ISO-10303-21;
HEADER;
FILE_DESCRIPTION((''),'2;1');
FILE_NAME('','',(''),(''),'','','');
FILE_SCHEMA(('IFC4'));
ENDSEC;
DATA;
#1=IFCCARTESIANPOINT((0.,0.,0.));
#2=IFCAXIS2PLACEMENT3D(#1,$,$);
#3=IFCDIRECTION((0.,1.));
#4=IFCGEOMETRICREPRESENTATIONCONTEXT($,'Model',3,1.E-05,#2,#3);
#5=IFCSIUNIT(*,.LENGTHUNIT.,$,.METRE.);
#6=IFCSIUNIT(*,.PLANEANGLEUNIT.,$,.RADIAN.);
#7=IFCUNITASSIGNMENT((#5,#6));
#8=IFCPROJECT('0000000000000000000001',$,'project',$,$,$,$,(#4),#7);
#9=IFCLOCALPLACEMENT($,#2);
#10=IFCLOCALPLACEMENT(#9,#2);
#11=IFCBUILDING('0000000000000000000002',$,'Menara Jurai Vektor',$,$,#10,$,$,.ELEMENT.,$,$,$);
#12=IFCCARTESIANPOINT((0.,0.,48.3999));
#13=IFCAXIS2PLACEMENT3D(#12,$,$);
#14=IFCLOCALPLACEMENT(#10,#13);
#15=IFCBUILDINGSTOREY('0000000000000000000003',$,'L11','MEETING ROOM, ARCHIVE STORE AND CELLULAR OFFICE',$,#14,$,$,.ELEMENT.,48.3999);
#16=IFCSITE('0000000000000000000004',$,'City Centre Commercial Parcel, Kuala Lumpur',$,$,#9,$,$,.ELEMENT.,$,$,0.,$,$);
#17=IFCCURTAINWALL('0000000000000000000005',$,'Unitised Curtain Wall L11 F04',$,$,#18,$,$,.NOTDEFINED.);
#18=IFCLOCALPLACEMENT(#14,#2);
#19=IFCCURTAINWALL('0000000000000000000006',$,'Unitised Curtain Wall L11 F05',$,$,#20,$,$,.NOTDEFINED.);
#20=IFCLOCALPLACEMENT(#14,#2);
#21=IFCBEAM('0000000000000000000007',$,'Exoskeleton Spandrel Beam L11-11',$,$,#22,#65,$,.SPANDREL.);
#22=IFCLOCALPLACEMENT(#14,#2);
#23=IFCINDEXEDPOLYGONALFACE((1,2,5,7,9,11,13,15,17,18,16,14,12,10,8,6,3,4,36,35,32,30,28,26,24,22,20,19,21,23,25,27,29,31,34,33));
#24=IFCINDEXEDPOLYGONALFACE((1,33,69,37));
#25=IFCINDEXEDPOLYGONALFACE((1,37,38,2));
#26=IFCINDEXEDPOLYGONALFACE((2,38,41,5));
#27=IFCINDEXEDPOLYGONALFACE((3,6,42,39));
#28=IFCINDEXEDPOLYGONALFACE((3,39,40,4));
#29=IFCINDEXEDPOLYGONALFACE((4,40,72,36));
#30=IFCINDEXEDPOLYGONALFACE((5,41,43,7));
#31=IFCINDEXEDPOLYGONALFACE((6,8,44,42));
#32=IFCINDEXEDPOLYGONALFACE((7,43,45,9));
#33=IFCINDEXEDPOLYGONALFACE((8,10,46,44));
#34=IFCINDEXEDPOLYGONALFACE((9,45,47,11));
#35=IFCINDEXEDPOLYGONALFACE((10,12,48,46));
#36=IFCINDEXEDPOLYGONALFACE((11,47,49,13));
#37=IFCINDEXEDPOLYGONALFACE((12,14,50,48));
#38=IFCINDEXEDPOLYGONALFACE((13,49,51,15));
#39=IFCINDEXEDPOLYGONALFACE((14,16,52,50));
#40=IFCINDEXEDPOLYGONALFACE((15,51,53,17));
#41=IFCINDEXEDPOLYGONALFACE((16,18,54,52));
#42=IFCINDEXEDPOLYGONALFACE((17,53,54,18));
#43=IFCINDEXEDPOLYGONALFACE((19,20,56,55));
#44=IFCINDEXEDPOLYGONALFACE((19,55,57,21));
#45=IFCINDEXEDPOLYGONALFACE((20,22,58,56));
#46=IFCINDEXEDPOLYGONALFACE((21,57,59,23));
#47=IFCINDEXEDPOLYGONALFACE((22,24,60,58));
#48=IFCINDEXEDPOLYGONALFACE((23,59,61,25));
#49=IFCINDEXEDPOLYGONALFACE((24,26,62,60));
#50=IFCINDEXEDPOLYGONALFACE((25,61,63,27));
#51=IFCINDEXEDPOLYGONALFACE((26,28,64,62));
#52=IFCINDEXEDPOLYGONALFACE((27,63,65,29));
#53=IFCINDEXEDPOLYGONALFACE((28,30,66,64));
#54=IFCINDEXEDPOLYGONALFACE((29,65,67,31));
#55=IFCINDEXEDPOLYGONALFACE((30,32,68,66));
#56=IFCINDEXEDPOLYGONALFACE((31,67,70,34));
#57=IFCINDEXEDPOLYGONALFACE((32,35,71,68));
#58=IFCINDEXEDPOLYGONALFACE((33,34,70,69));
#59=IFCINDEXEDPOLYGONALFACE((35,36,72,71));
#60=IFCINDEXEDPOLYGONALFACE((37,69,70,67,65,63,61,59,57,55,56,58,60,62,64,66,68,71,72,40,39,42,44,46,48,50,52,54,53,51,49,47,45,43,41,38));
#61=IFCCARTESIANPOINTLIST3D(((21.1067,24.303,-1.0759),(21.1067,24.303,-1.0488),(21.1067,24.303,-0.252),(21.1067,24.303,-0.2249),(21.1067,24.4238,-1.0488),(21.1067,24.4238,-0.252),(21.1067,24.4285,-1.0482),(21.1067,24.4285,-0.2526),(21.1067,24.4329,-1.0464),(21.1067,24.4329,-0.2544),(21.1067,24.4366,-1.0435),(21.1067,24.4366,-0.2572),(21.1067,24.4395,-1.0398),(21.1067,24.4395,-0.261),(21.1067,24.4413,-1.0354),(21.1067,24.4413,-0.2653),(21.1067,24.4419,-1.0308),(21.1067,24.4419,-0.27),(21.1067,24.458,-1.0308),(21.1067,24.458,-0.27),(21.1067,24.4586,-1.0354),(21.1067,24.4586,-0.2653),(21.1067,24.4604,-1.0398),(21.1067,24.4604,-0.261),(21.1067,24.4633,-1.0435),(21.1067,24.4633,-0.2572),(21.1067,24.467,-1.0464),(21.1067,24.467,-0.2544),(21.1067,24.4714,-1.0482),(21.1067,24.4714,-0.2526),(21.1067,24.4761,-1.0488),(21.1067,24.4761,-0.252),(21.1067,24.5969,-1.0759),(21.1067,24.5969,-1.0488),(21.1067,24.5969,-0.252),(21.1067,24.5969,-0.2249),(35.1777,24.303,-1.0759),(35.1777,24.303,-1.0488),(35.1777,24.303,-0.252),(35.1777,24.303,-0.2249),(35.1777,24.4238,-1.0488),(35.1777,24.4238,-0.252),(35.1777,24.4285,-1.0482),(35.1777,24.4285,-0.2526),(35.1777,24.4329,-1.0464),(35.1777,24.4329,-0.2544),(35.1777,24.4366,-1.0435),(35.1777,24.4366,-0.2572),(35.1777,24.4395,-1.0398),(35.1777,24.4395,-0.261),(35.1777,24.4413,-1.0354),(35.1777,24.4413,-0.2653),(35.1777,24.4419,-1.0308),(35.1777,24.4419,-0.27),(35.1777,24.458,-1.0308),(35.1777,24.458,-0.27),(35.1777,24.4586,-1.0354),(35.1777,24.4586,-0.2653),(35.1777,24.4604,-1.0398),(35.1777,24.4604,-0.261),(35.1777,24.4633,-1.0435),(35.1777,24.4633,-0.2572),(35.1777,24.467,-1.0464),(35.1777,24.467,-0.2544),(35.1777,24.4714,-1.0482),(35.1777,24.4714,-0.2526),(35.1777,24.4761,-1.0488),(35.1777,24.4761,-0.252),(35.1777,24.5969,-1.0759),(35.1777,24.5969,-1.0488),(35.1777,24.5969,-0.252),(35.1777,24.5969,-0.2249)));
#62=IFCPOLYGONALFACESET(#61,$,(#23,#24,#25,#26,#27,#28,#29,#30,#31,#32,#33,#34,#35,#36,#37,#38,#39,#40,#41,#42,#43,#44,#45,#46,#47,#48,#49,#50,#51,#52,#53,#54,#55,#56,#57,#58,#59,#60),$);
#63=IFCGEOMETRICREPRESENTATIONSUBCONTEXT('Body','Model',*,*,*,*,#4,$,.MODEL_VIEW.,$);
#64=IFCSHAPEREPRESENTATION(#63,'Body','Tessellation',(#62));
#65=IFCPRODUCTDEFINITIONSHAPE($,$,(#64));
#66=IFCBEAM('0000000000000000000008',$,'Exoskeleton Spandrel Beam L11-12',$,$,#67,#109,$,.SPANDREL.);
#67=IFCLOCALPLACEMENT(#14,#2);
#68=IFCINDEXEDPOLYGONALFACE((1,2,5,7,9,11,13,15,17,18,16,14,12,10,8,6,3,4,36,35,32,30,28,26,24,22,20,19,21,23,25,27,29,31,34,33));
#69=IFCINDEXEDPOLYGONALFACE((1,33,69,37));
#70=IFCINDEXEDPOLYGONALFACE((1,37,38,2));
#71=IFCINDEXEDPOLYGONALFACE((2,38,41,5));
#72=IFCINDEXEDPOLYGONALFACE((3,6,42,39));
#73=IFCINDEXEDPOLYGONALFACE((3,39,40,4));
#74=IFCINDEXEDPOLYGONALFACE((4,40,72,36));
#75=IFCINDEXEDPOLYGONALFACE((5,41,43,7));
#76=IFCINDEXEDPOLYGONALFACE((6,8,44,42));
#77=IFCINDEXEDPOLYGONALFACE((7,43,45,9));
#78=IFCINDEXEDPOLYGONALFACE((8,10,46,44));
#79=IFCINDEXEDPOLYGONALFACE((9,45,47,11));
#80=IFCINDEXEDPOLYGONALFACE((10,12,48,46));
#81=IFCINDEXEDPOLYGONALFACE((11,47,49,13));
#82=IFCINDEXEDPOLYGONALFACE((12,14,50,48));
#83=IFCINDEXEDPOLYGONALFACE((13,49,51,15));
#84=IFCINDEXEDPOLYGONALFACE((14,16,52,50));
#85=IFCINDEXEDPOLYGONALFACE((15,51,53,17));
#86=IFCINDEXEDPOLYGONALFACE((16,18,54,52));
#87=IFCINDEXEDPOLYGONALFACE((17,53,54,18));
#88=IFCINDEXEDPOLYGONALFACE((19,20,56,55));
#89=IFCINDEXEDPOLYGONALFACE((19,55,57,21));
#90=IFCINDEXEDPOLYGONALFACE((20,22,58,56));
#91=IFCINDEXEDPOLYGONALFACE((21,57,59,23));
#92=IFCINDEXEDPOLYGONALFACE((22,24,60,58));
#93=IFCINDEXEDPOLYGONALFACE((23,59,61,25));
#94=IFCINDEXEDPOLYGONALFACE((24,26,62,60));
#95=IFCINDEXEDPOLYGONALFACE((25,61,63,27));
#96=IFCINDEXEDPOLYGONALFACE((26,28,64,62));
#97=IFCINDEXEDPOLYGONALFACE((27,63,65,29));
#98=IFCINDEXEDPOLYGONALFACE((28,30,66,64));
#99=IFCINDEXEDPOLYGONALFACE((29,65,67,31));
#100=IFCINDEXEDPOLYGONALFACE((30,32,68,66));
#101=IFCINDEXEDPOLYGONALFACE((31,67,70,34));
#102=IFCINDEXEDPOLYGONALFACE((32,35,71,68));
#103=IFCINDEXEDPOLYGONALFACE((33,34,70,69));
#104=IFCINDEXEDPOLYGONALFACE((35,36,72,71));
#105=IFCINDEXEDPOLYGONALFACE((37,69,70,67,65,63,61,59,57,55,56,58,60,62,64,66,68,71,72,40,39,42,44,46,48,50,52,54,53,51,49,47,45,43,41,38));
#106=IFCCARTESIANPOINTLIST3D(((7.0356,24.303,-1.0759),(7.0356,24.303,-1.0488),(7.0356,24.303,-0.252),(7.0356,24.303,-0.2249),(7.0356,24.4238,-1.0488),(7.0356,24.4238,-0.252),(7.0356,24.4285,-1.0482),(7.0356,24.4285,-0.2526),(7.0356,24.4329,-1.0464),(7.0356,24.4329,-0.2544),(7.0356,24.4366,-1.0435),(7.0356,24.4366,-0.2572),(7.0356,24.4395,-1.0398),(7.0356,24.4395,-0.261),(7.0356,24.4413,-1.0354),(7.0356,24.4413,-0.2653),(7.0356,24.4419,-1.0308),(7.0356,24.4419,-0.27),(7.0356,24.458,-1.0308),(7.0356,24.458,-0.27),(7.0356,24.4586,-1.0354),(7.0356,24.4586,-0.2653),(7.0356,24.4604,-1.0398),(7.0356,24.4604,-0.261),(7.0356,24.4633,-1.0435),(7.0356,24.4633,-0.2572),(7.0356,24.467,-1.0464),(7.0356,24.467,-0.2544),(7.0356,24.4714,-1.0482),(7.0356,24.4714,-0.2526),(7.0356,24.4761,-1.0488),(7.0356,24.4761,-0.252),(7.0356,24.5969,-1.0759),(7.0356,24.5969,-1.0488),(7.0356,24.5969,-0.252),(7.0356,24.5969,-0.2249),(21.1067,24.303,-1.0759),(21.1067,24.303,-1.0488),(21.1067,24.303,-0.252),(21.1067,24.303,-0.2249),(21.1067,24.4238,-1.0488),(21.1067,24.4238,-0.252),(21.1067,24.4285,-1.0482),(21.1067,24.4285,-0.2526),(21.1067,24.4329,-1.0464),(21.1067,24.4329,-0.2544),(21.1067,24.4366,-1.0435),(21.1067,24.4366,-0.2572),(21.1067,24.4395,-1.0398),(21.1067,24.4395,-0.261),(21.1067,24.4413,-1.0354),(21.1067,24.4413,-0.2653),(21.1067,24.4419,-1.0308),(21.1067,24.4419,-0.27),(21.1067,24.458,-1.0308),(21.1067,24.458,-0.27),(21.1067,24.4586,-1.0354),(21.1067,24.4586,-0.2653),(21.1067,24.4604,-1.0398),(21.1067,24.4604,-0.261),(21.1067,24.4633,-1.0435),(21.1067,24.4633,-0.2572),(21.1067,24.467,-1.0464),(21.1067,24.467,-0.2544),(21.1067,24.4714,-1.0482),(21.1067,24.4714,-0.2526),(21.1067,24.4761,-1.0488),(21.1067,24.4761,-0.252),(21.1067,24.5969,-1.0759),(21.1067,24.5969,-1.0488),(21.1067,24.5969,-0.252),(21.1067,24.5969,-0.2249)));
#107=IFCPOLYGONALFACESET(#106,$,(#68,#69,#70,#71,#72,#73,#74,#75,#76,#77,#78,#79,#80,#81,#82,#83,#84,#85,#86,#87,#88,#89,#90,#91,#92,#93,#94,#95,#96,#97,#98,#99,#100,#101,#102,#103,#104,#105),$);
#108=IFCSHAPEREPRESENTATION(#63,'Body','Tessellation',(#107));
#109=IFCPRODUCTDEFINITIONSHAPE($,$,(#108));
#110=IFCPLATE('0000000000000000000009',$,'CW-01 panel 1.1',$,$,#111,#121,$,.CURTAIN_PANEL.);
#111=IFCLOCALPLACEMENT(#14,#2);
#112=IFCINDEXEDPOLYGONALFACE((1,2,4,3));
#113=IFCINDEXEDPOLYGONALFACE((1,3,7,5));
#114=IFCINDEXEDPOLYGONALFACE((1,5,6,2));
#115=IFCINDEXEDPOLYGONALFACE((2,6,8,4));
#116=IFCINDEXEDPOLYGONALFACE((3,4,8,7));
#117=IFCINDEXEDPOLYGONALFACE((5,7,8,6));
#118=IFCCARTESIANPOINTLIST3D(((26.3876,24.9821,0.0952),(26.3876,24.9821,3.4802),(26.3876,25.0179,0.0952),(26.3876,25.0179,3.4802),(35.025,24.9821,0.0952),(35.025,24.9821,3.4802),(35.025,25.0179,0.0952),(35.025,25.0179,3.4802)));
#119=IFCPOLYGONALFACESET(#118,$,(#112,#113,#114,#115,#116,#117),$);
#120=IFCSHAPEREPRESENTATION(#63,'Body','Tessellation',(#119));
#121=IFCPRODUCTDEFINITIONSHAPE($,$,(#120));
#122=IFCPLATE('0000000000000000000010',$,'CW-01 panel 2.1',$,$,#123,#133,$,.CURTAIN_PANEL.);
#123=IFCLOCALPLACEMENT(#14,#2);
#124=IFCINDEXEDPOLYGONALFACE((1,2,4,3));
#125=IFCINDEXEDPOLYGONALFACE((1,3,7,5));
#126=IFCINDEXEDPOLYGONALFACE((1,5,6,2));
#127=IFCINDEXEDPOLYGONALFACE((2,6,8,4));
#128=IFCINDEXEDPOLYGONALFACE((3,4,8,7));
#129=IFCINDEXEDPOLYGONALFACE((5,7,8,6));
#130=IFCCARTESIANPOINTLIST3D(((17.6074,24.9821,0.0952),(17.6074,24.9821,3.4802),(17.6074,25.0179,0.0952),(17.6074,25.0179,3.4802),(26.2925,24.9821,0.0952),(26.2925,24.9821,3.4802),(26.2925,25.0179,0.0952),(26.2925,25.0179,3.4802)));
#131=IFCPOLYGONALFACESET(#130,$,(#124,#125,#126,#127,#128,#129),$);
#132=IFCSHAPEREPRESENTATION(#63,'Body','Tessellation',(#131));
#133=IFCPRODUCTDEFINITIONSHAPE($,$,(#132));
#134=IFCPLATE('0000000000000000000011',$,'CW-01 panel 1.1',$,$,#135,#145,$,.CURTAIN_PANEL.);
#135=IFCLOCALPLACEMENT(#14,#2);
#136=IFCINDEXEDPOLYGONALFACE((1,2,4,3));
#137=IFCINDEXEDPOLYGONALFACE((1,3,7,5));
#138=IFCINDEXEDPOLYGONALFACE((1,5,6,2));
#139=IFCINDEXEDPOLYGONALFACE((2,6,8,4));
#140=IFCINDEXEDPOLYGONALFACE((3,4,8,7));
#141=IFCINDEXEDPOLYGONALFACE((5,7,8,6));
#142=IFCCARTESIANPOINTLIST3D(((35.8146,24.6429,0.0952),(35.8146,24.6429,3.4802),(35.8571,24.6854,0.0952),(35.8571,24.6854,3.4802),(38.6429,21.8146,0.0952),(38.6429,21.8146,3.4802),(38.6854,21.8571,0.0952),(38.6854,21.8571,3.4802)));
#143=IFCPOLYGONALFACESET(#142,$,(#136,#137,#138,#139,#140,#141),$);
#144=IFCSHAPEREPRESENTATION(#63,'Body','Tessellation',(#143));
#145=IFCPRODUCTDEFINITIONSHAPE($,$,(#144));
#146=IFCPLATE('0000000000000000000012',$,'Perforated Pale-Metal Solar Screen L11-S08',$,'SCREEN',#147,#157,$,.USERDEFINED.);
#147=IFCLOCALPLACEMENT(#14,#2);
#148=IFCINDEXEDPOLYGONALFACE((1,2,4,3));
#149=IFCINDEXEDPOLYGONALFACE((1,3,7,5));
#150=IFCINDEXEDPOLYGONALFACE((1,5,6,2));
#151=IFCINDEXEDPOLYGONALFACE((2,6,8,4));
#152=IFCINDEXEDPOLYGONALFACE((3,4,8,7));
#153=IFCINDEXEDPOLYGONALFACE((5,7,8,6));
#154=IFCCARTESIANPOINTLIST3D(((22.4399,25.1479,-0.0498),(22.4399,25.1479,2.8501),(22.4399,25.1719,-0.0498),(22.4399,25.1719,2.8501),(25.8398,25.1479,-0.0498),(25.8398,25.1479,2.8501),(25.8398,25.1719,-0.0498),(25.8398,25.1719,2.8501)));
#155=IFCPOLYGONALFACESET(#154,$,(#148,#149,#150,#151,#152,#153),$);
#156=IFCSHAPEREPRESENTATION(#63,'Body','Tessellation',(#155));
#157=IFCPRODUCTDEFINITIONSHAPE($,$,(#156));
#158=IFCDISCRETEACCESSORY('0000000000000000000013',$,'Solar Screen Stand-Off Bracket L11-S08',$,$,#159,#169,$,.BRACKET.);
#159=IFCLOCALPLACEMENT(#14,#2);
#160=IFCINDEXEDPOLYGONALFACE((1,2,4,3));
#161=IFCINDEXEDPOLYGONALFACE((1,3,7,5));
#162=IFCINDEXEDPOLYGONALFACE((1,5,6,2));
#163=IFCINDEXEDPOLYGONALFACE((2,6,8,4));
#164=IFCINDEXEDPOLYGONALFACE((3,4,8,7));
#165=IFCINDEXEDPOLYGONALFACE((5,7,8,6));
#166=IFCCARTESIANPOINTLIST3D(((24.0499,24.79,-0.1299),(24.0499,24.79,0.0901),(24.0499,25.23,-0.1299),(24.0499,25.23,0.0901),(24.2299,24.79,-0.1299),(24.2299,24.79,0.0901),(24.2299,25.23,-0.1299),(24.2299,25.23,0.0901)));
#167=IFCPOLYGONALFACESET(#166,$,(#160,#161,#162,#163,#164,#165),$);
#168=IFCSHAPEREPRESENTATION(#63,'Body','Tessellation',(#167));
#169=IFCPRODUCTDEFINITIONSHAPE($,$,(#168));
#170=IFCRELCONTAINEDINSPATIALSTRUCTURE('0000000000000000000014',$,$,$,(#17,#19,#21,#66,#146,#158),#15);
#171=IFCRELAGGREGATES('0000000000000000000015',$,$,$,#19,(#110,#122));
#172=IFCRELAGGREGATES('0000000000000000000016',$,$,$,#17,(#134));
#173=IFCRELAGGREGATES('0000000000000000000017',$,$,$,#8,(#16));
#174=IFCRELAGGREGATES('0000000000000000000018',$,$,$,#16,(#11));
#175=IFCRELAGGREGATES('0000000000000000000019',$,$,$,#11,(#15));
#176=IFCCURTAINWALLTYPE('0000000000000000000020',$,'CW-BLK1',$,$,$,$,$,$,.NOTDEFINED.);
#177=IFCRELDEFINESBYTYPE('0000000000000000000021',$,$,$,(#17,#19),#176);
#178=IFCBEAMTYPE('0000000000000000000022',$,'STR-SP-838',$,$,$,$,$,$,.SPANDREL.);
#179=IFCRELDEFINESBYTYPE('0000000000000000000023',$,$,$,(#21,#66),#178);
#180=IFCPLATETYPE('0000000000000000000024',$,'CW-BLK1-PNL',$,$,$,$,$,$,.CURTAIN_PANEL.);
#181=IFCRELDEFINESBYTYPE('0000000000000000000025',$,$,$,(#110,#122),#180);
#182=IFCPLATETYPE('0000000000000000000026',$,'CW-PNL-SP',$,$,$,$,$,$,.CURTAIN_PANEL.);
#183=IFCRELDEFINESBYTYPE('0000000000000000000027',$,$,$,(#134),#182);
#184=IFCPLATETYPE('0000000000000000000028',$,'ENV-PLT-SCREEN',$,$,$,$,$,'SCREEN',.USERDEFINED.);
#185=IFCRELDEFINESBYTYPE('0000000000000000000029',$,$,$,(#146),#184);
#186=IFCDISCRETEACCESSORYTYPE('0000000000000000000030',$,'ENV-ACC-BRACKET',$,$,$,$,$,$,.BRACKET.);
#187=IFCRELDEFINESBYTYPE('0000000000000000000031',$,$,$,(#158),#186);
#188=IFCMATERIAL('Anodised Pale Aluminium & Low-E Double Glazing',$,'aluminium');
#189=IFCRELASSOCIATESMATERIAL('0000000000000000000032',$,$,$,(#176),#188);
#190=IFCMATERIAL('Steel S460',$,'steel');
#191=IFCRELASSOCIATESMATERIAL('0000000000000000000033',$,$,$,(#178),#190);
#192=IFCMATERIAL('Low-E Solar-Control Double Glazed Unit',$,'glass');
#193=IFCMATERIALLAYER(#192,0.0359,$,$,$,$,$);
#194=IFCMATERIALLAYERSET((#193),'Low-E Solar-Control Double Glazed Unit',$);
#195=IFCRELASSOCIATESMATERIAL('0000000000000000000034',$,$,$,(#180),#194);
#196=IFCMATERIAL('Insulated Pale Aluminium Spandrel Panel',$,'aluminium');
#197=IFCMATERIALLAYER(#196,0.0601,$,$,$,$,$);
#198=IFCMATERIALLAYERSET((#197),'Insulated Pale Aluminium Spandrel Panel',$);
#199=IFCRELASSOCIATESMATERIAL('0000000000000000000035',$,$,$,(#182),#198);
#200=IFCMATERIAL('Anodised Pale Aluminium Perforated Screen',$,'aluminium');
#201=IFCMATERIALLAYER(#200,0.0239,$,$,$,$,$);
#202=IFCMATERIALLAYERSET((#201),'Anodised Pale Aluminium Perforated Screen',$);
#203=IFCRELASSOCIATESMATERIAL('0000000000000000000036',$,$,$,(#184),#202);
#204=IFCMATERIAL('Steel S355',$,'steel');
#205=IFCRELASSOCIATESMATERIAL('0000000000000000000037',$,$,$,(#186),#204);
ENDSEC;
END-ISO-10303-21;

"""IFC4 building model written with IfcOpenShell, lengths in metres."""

from ifc_helpers import new_model, si_unit, direction, frame, origin, origin_2d, place, context, subcontext, project, spatial, rectangle, i_section, extrude, material, layer, layer_set, material_profile, profile_set, type_object, element, aggregate, save


model = new_model("IFC4")

# Units and contexts
model_context = context("Model", 3, precision=1e-05, world=origin(), true_north=direction((0.0, 1.0)))
body_context = subcontext(model_context, "Body", "Model", "MODEL_VIEW")
ifc_project = project(units=[si_unit("LENGTHUNIT", "METRE"), si_unit("PLANEANGLEUNIT", "RADIAN")], contexts=[model_context])

# Site, building, storey
site_placement = place(None, origin())
site = spatial("IfcSite", under=ifc_project, at=site_placement, Name="City Centre Commercial Parcel, Kuala Lumpur", CompositionType="ELEMENT", RefElevation=0.0)
building_placement = place(site_placement, origin())
building = spatial("IfcBuilding", under=site, at=building_placement, Name="Menara Jurai Vektor", CompositionType="ELEMENT")
storey_placement = place(building_placement, frame((0.0, 0.0, 48.3999)))
storey = spatial("IfcBuildingStorey", under=building, at=storey_placement, Name="L11", Description="MEETING ROOM, ARCHIVE STORE AND CELLULAR OFFICE", CompositionType="ELEMENT", Elevation=48.3999)

# Shared definitions
ifc_material_1 = material(Name="Steel S460", Category="steel")

# Curtain walls
ifc_material_2 = material(Name="Anodised Pale Aluminium & Low-E Double Glazing", Category="aluminium")
curtain_wall_type = type_object("IfcCurtainWallType", Name="CW-BLK1", PredefinedType="NOTDEFINED", material=ifc_material_2)
curtain_wall_1_placement = place(storey_placement, origin())
curtain_wall_1 = element("IfcCurtainWall", 1, at=curtain_wall_1_placement, inside=storey, type_object=curtain_wall_type, Name="Unitised Curtain Wall L11 F04", PredefinedType="NOTDEFINED")
curtain_wall_2_placement = place(storey_placement, origin())
curtain_wall_2 = element("IfcCurtainWall", 2, at=curtain_wall_2_placement, inside=storey, type_object=curtain_wall_type, Name="Unitised Curtain Wall L11 F05", PredefinedType="NOTDEFINED")

# Shared definitions
ifc_material_3 = material(Name="Steel S355", Category="steel")

# Beams
ifc_material_profile_1 = material_profile(ifc_material_1, i_section(OverallWidth=0.2939, OverallDepth=0.8511, WebThickness=0.0161, FlangeThickness=0.0271, FilletRadius=0.0181, at=origin_2d()), Name="UKB 838x292x226")
ifc_profile_set_1 = profile_set([ifc_material_profile_1], Name="Steel S460")
beam_type_1 = type_object("IfcBeamType", Name="STR-SP-838", PredefinedType="SPANDREL", material=ifc_profile_set_1)
for number, where, z_axis, x_axis, name in (
    (3, (35.1777, 24.45, -0.6504), (-1.0, 0.0, 0.0), (0.0, -1.0, 0.0), "Exoskeleton Spandrel Beam L11-11"),
    (4, (21.1067, 24.45, -0.6504), (-1.0, 0.0, 0.0), (0.0, -1.0, 0.0), "Exoskeleton Spandrel Beam L11-12"),
):
    element("IfcBeam", number, at=place(storey_placement, frame(where, z_axis=z_axis, x_axis=x_axis)), inside=storey, type_object=beam_type_1, Name=name, PredefinedType="SPANDREL", context=body_context, shape_type="SweptSolid", body=[
        extrude(i_section(OverallWidth=0.2939, OverallDepth=0.8511, WebThickness=0.0161, FlangeThickness=0.0271, FilletRadius=0.0181, at=origin_2d()), origin(), (0.0, 0.0, 1.0), 14.071),
    ])

# Plates
ifc_material_4 = material(Name="Low-E Solar-Control Double Glazed Unit", Category="glass")
ifc_layer_1 = layer(ifc_material_4, 0.0359)
ifc_layer_set_1 = layer_set([ifc_layer_1], Name="Low-E Solar-Control Double Glazed Unit")
plate_type_1 = type_object("IfcPlateType", Name="CW-BLK1-PNL", PredefinedType="CURTAIN_PANEL", material=ifc_layer_set_1)
plate_1_placement = place(storey_placement, frame((30.7063, 25.0, 0.0952), z_axis=(0.0, 0.0, 1.0), x_axis=(-1.0, 0.0, 0.0)))
plate_1 = element("IfcPlate", 5, at=plate_1_placement, type_object=plate_type_1, Name="CW-01 panel 1.1", PredefinedType="CURTAIN_PANEL", context=body_context, shape_type="SweptSolid", body=[
    extrude(rectangle(XDim=8.6375, YDim=0.0359, at=origin_2d()), origin(), (0.0, 0.0, 1.0), 3.385),
])
plate_2_placement = place(storey_placement, frame((21.95, 25.0, 0.0952), z_axis=(0.0, 0.0, 1.0), x_axis=(-1.0, 0.0, 0.0)))
plate_2 = element("IfcPlate", 6, at=plate_2_placement, type_object=plate_type_1, Name="CW-01 panel 2.1", PredefinedType="CURTAIN_PANEL", context=body_context, shape_type="SweptSolid", body=[
    extrude(rectangle(XDim=8.6851, YDim=0.0359, at=origin_2d()), origin(), (0.0, 0.0, 1.0), 3.385),
])
aggregate(curtain_wall_2, [plate_1, plate_2])
ifc_material_5 = material(Name="Insulated Pale Aluminium Spandrel Panel", Category="aluminium")
ifc_layer_2 = layer(ifc_material_5, 0.0601)
ifc_layer_set_2 = layer_set([ifc_layer_2], Name="Insulated Pale Aluminium Spandrel Panel")
plate_type_2 = type_object("IfcPlateType", Name="CW-PNL-SP", PredefinedType="CURTAIN_PANEL", material=ifc_layer_set_2)
plate_3_placement = place(storey_placement, frame((37.25, 23.25, 0.0952), z_axis=(0.0, 0.0, 1.0), x_axis=(-0.707107, 0.707107, 0.0)))
plate_3 = element("IfcPlate", 7, at=plate_3_placement, type_object=plate_type_2, Name="CW-01 panel 1.1", PredefinedType="CURTAIN_PANEL", context=body_context, shape_type="SweptSolid", body=[
    extrude(rectangle(XDim=3.9998, YDim=0.0601, at=origin_2d()), origin(), (0.0, 0.0, 1.0), 3.385),
])
aggregate(curtain_wall_1, [plate_3])
ifc_material_6 = material(Name="Anodised Pale Aluminium Perforated Screen", Category="aluminium")
ifc_layer_3 = layer(ifc_material_6, 0.0239)
ifc_layer_set_3 = layer_set([ifc_layer_3], Name="Anodised Pale Aluminium Perforated Screen")
plate_type_3 = type_object("IfcPlateType", Name="ENV-PLT-SCREEN", ElementType="SCREEN", PredefinedType="USERDEFINED", material=ifc_layer_set_3)
plate_4_placement = place(storey_placement, frame((24.1399, 25.1599, -0.0498), z_axis=(0.0, 0.0, 1.0), x_axis=(-1.0, 0.0, 0.0)))
element("IfcPlate", 8, at=plate_4_placement, inside=storey, type_object=plate_type_3, Name="Perforated Pale-Metal Solar Screen L11-S08", ObjectType="SCREEN", PredefinedType="USERDEFINED", context=body_context, shape_type="SweptSolid", body=[
    extrude(rectangle(XDim=3.3999, YDim=0.0239, at=origin_2d()), origin(), (0.0, 0.0, 1.0), 2.8999),
])

# Discrete accessory
discrete_accessory_type = type_object("IfcDiscreteAccessoryType", Name="ENV-ACC-BRACKET", PredefinedType="BRACKET", material=ifc_material_3)
discrete_accessory_placement = place(storey_placement, frame((24.1399, 25.01, -0.1299), z_axis=(0.0, 0.0, 1.0), x_axis=(-1.0, 0.0, 0.0)))
element("IfcDiscreteAccessory", 9, at=discrete_accessory_placement, inside=storey, type_object=discrete_accessory_type, Name="Solar Screen Stand-Off Bracket L11-S08", PredefinedType="BRACKET", context=body_context, shape_type="SweptSolid", body=[
    extrude(rectangle(XDim=0.1799, YDim=0.4399, at=origin_2d()), origin(), (0.0, 0.0, 1.0), 0.22),
])

save(model, "model.ifc")
